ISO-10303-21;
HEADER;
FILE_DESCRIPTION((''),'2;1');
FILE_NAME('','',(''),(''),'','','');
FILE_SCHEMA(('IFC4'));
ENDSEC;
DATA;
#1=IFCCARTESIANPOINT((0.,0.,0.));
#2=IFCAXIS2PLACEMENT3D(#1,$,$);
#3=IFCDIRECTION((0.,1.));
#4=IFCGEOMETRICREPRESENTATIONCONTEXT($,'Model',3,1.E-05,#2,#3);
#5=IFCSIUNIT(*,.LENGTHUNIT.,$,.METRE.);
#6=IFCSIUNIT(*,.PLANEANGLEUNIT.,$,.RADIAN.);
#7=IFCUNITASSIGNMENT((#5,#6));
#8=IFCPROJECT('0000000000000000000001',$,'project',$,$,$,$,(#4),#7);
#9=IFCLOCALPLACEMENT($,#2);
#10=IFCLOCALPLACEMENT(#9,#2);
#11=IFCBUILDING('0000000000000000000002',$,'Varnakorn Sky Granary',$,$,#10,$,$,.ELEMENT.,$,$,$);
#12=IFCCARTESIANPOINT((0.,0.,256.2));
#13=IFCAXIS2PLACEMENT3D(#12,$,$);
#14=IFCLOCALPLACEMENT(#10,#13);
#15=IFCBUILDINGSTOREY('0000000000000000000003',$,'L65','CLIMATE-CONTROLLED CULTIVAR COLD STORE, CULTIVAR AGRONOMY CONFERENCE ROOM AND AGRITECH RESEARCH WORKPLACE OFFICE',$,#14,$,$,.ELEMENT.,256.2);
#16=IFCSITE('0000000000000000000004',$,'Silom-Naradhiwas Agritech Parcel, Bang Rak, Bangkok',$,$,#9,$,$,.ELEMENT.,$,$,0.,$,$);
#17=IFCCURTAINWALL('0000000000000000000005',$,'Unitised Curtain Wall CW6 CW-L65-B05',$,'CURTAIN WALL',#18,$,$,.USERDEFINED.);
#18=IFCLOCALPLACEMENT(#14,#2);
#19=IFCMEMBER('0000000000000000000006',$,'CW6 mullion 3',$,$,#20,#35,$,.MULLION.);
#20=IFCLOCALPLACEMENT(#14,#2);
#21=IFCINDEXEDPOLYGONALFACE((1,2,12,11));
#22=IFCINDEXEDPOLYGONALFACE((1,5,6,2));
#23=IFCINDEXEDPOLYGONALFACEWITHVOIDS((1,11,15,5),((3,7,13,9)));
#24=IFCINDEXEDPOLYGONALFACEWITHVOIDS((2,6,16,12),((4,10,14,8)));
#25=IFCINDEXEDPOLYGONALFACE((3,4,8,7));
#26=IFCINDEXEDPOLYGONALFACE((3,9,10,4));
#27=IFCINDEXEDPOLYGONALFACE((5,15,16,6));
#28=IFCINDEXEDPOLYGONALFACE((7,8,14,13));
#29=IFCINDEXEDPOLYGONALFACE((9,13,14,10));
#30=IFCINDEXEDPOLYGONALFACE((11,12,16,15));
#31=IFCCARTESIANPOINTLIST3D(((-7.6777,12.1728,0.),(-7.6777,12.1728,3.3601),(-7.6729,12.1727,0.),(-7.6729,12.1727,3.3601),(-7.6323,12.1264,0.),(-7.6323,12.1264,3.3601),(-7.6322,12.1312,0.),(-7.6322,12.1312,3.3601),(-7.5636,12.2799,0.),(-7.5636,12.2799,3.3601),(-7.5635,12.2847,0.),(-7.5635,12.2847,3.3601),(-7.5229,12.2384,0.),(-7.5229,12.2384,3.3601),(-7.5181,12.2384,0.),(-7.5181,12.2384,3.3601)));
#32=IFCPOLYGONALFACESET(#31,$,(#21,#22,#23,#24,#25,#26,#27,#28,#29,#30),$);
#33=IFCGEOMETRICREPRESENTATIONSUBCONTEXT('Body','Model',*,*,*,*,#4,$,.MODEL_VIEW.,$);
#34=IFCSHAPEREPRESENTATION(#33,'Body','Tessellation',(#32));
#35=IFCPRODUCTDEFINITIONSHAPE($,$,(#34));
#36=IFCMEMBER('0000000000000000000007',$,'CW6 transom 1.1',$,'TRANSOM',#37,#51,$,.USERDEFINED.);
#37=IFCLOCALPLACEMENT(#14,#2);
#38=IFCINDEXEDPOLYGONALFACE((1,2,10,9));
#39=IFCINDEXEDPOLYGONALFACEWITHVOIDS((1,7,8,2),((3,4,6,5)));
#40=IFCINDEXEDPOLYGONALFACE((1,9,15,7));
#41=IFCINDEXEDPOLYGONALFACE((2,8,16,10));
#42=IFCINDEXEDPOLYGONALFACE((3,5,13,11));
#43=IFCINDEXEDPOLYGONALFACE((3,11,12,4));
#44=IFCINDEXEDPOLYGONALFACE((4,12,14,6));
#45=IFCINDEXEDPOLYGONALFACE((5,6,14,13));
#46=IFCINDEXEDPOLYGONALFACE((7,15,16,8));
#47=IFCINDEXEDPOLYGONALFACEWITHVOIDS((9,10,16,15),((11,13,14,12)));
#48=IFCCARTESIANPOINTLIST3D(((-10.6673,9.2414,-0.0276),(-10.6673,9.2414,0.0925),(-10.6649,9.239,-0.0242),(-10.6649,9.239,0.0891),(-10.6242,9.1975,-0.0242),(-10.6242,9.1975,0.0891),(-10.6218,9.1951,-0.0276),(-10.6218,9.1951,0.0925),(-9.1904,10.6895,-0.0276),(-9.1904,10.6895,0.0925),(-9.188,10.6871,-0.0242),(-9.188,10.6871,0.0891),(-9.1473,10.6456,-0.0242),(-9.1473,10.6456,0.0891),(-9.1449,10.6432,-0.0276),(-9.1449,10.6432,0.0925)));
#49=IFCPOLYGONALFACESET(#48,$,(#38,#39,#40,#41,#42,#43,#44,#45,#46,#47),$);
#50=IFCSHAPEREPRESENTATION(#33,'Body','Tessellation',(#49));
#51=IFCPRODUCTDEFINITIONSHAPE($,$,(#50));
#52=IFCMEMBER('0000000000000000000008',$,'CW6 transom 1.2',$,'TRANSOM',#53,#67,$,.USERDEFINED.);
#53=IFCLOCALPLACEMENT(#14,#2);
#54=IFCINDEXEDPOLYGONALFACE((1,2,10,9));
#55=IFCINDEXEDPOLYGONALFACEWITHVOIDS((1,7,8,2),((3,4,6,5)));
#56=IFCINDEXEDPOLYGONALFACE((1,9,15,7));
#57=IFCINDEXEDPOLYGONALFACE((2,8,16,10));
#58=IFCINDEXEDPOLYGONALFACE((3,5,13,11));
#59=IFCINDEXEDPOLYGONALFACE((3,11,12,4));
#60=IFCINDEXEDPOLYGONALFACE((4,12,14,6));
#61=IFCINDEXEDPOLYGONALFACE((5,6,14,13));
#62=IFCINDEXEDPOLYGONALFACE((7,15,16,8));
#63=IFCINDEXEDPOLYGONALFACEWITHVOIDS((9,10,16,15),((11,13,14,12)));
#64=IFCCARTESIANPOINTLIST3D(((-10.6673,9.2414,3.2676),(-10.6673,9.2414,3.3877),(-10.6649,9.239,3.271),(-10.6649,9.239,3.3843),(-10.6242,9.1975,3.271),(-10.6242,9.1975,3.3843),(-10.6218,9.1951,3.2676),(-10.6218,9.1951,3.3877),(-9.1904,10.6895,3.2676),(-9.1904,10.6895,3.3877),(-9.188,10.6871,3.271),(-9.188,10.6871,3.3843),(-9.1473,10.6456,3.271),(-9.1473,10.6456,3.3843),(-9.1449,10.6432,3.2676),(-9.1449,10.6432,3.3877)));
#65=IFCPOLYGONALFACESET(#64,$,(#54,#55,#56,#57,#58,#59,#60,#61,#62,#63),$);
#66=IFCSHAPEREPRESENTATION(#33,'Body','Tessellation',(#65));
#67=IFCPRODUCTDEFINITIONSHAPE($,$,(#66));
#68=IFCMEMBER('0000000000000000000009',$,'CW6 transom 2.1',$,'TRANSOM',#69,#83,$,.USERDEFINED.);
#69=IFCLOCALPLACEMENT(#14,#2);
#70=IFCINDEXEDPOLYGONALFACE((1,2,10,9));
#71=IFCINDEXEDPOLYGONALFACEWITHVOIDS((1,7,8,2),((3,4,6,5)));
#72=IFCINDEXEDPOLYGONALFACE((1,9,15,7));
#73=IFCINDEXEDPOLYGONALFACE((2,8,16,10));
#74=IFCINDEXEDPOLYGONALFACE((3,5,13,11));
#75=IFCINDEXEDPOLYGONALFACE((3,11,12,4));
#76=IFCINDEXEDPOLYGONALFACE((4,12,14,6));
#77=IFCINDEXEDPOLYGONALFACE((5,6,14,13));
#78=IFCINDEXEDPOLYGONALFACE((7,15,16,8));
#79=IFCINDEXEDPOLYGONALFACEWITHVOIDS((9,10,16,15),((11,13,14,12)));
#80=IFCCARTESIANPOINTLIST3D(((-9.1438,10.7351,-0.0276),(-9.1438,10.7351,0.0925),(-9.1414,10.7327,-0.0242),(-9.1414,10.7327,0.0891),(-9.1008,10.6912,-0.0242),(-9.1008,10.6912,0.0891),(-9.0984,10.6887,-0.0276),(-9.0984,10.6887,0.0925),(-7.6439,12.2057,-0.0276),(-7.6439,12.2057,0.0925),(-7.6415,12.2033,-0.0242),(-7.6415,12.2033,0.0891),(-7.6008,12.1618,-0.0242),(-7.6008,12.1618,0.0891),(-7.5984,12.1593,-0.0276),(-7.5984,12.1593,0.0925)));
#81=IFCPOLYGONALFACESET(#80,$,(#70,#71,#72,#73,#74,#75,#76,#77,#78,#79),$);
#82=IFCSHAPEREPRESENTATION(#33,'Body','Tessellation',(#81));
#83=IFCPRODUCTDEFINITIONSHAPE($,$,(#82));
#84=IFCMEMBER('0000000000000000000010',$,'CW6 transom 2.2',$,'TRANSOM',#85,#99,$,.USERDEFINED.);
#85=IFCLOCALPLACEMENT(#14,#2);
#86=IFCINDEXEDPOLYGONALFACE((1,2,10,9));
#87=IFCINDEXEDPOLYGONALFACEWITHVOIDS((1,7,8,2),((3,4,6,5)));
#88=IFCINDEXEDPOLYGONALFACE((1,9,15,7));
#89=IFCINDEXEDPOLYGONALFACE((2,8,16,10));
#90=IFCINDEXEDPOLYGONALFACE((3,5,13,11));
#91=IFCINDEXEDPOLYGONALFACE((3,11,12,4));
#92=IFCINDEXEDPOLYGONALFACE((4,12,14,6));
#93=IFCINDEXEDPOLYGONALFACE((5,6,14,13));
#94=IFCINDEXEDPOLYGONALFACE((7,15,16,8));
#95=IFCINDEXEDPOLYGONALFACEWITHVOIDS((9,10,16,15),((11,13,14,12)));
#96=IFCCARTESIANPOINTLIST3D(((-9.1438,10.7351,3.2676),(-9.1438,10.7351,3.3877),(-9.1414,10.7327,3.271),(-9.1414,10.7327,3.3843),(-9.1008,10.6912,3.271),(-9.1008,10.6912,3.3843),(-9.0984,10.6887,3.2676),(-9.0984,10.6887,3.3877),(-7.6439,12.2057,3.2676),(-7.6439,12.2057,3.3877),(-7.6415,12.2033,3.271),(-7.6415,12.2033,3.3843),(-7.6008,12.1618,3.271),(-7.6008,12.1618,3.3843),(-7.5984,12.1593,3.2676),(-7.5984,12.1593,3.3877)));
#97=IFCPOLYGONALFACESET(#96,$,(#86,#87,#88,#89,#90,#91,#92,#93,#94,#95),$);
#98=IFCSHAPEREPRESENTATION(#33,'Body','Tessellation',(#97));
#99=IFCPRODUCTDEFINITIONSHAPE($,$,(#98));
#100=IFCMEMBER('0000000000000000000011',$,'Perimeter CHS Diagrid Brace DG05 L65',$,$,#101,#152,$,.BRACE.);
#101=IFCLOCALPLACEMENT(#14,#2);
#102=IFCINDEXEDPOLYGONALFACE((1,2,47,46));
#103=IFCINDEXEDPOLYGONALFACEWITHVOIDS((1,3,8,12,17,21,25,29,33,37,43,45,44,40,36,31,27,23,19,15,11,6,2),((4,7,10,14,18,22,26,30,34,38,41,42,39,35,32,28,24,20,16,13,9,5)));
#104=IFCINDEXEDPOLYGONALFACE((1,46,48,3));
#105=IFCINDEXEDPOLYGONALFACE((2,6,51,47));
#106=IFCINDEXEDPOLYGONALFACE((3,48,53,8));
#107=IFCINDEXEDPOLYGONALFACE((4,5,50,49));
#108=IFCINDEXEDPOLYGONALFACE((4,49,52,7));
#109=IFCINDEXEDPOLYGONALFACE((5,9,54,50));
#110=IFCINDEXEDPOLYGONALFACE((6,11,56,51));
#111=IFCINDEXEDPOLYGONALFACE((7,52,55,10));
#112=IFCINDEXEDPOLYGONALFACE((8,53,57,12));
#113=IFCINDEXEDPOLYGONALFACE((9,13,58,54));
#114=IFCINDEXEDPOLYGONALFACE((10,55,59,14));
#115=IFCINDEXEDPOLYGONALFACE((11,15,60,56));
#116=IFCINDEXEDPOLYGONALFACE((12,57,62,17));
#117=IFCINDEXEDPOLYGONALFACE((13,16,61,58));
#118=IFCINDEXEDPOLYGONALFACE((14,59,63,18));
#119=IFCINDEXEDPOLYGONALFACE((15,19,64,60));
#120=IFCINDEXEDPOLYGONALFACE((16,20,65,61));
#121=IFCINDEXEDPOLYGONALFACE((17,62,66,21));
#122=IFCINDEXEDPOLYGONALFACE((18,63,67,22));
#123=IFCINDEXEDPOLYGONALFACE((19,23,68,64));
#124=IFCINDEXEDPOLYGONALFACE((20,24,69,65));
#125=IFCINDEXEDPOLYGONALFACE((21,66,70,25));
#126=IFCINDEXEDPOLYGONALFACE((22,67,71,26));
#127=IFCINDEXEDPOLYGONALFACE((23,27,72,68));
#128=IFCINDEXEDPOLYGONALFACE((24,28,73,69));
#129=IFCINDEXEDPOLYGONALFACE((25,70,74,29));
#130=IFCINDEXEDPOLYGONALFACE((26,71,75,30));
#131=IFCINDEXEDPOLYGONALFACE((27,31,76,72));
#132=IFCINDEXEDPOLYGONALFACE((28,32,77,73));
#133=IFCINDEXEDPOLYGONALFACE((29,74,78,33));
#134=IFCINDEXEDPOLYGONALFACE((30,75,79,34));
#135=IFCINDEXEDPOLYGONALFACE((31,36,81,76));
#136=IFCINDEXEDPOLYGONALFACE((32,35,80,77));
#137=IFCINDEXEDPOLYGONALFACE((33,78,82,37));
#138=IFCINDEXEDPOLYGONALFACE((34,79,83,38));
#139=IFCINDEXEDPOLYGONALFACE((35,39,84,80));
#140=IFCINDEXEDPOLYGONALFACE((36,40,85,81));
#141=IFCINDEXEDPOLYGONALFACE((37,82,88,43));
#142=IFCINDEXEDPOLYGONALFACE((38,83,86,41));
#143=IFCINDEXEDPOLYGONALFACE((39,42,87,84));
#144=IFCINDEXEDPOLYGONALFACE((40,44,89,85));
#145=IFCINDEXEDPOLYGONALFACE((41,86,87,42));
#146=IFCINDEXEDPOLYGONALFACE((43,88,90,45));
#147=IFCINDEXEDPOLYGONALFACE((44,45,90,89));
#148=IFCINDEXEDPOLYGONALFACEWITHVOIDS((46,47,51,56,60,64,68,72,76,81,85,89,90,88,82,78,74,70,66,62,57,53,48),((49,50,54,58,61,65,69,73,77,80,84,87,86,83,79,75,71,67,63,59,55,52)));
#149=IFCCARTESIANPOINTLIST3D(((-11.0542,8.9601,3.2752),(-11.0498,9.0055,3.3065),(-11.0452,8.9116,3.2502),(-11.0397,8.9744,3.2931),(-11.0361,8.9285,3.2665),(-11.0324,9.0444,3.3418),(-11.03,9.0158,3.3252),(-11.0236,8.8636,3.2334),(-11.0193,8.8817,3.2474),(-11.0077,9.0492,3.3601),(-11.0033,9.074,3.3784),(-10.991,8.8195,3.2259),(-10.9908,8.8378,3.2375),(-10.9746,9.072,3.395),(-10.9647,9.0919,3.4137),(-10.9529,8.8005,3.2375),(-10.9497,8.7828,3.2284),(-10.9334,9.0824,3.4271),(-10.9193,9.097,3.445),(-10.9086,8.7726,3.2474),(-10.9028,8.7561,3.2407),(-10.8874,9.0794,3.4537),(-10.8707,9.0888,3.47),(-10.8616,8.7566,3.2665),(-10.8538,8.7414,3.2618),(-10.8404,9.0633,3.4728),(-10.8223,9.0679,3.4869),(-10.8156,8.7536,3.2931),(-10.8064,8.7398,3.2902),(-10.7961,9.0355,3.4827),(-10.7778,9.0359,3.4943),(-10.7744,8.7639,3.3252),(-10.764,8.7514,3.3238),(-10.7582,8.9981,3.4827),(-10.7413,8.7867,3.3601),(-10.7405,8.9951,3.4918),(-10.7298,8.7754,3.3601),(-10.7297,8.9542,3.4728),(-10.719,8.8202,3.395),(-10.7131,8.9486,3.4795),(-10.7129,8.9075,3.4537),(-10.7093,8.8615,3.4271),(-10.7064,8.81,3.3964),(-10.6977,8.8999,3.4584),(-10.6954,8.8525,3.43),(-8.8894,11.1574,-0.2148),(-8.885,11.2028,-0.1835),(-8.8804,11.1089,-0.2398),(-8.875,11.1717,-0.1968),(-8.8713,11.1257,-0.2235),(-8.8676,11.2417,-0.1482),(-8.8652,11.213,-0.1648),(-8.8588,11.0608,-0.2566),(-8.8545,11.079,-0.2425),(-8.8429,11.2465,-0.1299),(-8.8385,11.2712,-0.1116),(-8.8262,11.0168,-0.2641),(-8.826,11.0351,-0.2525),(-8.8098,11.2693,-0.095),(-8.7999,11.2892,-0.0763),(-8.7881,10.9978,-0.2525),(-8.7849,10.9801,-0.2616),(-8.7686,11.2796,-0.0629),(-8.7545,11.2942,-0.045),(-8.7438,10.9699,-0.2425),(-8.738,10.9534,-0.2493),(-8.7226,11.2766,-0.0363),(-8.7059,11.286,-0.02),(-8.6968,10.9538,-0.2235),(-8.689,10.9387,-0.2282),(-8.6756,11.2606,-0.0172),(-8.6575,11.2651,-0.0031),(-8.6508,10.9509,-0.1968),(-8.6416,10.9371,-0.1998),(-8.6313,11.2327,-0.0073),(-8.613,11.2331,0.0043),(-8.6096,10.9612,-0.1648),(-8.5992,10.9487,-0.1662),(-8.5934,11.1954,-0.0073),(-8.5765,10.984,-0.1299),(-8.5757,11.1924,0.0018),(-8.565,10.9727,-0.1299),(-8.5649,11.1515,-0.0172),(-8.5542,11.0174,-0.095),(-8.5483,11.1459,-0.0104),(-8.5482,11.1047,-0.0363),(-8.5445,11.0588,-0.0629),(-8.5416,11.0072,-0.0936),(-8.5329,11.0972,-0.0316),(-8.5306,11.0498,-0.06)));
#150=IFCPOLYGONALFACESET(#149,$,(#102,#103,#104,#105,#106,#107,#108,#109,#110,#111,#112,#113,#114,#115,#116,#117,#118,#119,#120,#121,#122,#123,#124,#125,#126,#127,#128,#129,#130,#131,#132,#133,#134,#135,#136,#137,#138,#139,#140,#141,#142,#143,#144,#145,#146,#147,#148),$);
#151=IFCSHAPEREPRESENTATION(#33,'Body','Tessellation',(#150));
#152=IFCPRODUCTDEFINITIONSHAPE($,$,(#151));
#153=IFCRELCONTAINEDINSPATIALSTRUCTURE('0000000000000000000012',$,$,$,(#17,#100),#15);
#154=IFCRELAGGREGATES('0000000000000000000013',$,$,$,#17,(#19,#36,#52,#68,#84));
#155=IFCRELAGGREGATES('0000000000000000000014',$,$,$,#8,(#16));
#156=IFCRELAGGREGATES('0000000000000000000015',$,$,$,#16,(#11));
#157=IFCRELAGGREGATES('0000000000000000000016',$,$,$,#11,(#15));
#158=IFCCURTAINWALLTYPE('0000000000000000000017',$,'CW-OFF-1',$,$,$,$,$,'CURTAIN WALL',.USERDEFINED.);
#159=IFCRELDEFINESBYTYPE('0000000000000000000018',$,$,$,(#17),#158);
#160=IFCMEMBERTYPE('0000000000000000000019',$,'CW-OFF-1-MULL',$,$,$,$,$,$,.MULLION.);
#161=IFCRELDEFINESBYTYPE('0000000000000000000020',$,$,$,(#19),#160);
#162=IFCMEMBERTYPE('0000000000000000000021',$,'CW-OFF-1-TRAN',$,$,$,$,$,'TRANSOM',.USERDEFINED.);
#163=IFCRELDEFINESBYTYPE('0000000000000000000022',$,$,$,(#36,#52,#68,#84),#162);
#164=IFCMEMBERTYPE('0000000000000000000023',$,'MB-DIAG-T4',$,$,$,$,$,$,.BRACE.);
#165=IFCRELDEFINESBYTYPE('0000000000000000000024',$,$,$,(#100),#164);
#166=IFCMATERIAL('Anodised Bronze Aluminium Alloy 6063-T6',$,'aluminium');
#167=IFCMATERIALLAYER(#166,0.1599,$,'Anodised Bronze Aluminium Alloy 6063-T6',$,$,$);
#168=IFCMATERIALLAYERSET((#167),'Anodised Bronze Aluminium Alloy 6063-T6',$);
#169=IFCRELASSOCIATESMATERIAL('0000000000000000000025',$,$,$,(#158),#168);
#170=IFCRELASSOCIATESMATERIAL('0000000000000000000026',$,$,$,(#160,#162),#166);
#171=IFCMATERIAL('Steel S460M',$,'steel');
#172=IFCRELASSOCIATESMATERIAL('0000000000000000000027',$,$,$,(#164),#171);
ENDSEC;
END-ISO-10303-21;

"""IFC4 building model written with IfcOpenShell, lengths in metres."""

from ifc_helpers import new_model, si_unit, direction, frame, origin, origin_2d, place, context, subcontext, project, spatial, hollow_rectangle, hollow_circle, extrude, material, layer, layer_set, material_profile, profile_set, type_object, element, aggregate, save


model = new_model("IFC4")

# Units and contexts
model_context = context("Model", 3, precision=1e-05, world=origin(), true_north=direction((0.0, 1.0)))
body_context = subcontext(model_context, "Body", "Model", "MODEL_VIEW")
ifc_project = project(units=[si_unit("LENGTHUNIT", "METRE"), si_unit("PLANEANGLEUNIT", "RADIAN")], contexts=[model_context])

# Site, building, storey
site_placement = place(None, origin())
site = spatial("IfcSite", under=ifc_project, at=site_placement, Name="Silom-Naradhiwas Agritech Parcel, Bang Rak, Bangkok", CompositionType="ELEMENT", RefElevation=0.0)
building_placement = place(site_placement, origin())
building = spatial("IfcBuilding", under=site, at=building_placement, Name="Varnakorn Sky Granary", CompositionType="ELEMENT")
storey_placement = place(building_placement, frame((0.0, 0.0, 256.2)))
storey = spatial("IfcBuildingStorey", under=building, at=storey_placement, Name="L65", Description="CLIMATE-CONTROLLED CULTIVAR COLD STORE, CULTIVAR AGRONOMY CONFERENCE ROOM AND AGRITECH RESEARCH WORKPLACE OFFICE", CompositionType="ELEMENT", Elevation=256.2)

# Shared definitions
ifc_material_1 = material(Name="Steel S460M", Category="steel")

# Curtain wall, members
ifc_material_2 = material(Name="Anodised Bronze Aluminium Alloy 6063-T6", Category="aluminium")
ifc_layer_1 = layer(ifc_material_2, 0.1599, Name="Anodised Bronze Aluminium Alloy 6063-T6")
ifc_layer_set_1 = layer_set([ifc_layer_1], Name="Anodised Bronze Aluminium Alloy 6063-T6")
curtain_wall_type = type_object("IfcCurtainWallType", Name="CW-OFF-1", ElementType="CURTAIN WALL", PredefinedType="USERDEFINED", material=ifc_layer_set_1)
curtain_wall_placement = place(storey_placement, origin())
curtain_wall = element("IfcCurtainWall", 1, at=curtain_wall_placement, inside=storey, type_object=curtain_wall_type, Name="Unitised Curtain Wall CW6 CW-L65-B05", ObjectType="CURTAIN WALL", PredefinedType="USERDEFINED")
ifc_material_profile_1 = material_profile(ifc_material_2, hollow_rectangle(XDim=0.0649, YDim=0.1599, WallThickness=0.0034, at=origin_2d()), Name="ALU MULL 65x160")
ifc_profile_set_1 = profile_set([ifc_material_profile_1], Name="Anodised Bronze Aluminium Alloy 6063-T6")
member_type_1 = type_object("IfcMemberType", Name="CW-OFF-1-MULL", PredefinedType="MULLION", material=ifc_profile_set_1)
member_1_placement = place(storey_placement, frame((-7.5979, 12.2056, 0.0), z_axis=(0.0, 0.0, 1.0), x_axis=(-0.700118, 0.714027, 0.0)))
member_1 = element("IfcMember", 2, at=member_1_placement, type_object=member_type_1, Name="CW6 mullion 3", PredefinedType="MULLION", context=body_context, shape_type="SweptSolid", body=[
    extrude(hollow_rectangle(XDim=0.0649, YDim=0.1599, WallThickness=0.0034, at=origin_2d()), origin(), (0.0, 0.0, 1.0), 3.3601),
])
ifc_material_profile_2 = material_profile(ifc_material_2, hollow_rectangle(XDim=0.0649, YDim=0.1201, WallThickness=0.0034, at=origin_2d()), Name="ALU TRAN 65x120")
ifc_profile_set_2 = profile_set([ifc_material_profile_2], Name="Anodised Bronze Aluminium Alloy 6063-T6")
member_type_2 = type_object("IfcMemberType", Name="CW-OFF-1-TRAN", ElementType="TRANSOM", PredefinedType="USERDEFINED", material=ifc_profile_set_2)
member_2_placement = place(storey_placement, frame((-10.6445, 9.2183, 0.0325), z_axis=(0.714037, 0.700108, 0.0), x_axis=(-0.700108, 0.714037, 0.0)))
member_2 = element("IfcMember", 3, at=member_2_placement, type_object=member_type_2, Name="CW6 transom 1.1", ObjectType="TRANSOM", PredefinedType="USERDEFINED", context=body_context, shape_type="SweptSolid", body=[
    extrude(hollow_rectangle(XDim=0.0649, YDim=0.1201, WallThickness=0.0034, at=origin_2d()), origin(), (0.0, 0.0, 1.0), 2.0684),
])
member_3_placement = place(storey_placement, frame((-10.6445, 9.2183, 3.3276), z_axis=(0.714037, 0.700108, 0.0), x_axis=(-0.700108, 0.714037, 0.0)))
member_3 = element("IfcMember", 4, at=member_3_placement, type_object=member_type_2, Name="CW6 transom 1.2", ObjectType="TRANSOM", PredefinedType="USERDEFINED", context=body_context, shape_type="SweptSolid", body=[
    extrude(hollow_rectangle(XDim=0.0649, YDim=0.1201, WallThickness=0.0034, at=origin_2d()), origin(), (0.0, 0.0, 1.0), 2.0684),
])
member_4_placement = place(storey_placement, frame((-9.1211, 10.7119, 0.0325), z_axis=(0.714045, 0.700099, 0.0), x_axis=(-0.700099, 0.714045, 0.0)))
member_4 = element("IfcMember", 5, at=member_4_placement, type_object=member_type_2, Name="CW6 transom 2.1", ObjectType="TRANSOM", PredefinedType="USERDEFINED", context=body_context, shape_type="SweptSolid", body=[
    extrude(hollow_rectangle(XDim=0.0649, YDim=0.1201, WallThickness=0.0034, at=origin_2d()), origin(), (0.0, 0.0, 1.0), 2.1006),
])
member_5_placement = place(storey_placement, frame((-9.1211, 10.7119, 3.3276), z_axis=(0.714045, 0.700099, 0.0), x_axis=(-0.700099, 0.714045, 0.0)))
member_5 = element("IfcMember", 6, at=member_5_placement, type_object=member_type_2, Name="CW6 transom 2.2", ObjectType="TRANSOM", PredefinedType="USERDEFINED", context=body_context, shape_type="SweptSolid", body=[
    extrude(hollow_rectangle(XDim=0.0649, YDim=0.1201, WallThickness=0.0034, at=origin_2d()), origin(), (0.0, 0.0, 1.0), 2.1006),
])

# Member
ifc_material_profile_3 = material_profile(ifc_material_1, hollow_circle(Radius=0.2031, WallThickness=0.0161, at=origin_2d()), Name="CHS 406.4x16")
ifc_profile_set_3 = profile_set([ifc_material_profile_3], Name="Steel S460M")
member_type_3 = type_object("IfcMemberType", Name="MB-DIAG-T4", PredefinedType="BRACE", material=ifc_profile_set_3)
member_6_placement = place(storey_placement, frame((-8.7097, 11.1152, -0.1299), z_axis=(-0.464776, -0.471747, 0.749292), x_axis=(0.712351, -0.701824, 0.0)))
element("IfcMember", 7, at=member_6_placement, inside=storey, type_object=member_type_3, Name="Perimeter CHS Diagrid Brace DG05 L65", PredefinedType="BRACE", context=body_context, shape_type="SweptSolid", body=[
    extrude(hollow_circle(Radius=0.2031, WallThickness=0.0161, at=origin_2d()), origin(), (0.0, 0.0, 1.0), 4.6577),
])

aggregate(curtain_wall, [member_1, member_2, member_3, member_4, member_5])

save(model, "model.ifc")
